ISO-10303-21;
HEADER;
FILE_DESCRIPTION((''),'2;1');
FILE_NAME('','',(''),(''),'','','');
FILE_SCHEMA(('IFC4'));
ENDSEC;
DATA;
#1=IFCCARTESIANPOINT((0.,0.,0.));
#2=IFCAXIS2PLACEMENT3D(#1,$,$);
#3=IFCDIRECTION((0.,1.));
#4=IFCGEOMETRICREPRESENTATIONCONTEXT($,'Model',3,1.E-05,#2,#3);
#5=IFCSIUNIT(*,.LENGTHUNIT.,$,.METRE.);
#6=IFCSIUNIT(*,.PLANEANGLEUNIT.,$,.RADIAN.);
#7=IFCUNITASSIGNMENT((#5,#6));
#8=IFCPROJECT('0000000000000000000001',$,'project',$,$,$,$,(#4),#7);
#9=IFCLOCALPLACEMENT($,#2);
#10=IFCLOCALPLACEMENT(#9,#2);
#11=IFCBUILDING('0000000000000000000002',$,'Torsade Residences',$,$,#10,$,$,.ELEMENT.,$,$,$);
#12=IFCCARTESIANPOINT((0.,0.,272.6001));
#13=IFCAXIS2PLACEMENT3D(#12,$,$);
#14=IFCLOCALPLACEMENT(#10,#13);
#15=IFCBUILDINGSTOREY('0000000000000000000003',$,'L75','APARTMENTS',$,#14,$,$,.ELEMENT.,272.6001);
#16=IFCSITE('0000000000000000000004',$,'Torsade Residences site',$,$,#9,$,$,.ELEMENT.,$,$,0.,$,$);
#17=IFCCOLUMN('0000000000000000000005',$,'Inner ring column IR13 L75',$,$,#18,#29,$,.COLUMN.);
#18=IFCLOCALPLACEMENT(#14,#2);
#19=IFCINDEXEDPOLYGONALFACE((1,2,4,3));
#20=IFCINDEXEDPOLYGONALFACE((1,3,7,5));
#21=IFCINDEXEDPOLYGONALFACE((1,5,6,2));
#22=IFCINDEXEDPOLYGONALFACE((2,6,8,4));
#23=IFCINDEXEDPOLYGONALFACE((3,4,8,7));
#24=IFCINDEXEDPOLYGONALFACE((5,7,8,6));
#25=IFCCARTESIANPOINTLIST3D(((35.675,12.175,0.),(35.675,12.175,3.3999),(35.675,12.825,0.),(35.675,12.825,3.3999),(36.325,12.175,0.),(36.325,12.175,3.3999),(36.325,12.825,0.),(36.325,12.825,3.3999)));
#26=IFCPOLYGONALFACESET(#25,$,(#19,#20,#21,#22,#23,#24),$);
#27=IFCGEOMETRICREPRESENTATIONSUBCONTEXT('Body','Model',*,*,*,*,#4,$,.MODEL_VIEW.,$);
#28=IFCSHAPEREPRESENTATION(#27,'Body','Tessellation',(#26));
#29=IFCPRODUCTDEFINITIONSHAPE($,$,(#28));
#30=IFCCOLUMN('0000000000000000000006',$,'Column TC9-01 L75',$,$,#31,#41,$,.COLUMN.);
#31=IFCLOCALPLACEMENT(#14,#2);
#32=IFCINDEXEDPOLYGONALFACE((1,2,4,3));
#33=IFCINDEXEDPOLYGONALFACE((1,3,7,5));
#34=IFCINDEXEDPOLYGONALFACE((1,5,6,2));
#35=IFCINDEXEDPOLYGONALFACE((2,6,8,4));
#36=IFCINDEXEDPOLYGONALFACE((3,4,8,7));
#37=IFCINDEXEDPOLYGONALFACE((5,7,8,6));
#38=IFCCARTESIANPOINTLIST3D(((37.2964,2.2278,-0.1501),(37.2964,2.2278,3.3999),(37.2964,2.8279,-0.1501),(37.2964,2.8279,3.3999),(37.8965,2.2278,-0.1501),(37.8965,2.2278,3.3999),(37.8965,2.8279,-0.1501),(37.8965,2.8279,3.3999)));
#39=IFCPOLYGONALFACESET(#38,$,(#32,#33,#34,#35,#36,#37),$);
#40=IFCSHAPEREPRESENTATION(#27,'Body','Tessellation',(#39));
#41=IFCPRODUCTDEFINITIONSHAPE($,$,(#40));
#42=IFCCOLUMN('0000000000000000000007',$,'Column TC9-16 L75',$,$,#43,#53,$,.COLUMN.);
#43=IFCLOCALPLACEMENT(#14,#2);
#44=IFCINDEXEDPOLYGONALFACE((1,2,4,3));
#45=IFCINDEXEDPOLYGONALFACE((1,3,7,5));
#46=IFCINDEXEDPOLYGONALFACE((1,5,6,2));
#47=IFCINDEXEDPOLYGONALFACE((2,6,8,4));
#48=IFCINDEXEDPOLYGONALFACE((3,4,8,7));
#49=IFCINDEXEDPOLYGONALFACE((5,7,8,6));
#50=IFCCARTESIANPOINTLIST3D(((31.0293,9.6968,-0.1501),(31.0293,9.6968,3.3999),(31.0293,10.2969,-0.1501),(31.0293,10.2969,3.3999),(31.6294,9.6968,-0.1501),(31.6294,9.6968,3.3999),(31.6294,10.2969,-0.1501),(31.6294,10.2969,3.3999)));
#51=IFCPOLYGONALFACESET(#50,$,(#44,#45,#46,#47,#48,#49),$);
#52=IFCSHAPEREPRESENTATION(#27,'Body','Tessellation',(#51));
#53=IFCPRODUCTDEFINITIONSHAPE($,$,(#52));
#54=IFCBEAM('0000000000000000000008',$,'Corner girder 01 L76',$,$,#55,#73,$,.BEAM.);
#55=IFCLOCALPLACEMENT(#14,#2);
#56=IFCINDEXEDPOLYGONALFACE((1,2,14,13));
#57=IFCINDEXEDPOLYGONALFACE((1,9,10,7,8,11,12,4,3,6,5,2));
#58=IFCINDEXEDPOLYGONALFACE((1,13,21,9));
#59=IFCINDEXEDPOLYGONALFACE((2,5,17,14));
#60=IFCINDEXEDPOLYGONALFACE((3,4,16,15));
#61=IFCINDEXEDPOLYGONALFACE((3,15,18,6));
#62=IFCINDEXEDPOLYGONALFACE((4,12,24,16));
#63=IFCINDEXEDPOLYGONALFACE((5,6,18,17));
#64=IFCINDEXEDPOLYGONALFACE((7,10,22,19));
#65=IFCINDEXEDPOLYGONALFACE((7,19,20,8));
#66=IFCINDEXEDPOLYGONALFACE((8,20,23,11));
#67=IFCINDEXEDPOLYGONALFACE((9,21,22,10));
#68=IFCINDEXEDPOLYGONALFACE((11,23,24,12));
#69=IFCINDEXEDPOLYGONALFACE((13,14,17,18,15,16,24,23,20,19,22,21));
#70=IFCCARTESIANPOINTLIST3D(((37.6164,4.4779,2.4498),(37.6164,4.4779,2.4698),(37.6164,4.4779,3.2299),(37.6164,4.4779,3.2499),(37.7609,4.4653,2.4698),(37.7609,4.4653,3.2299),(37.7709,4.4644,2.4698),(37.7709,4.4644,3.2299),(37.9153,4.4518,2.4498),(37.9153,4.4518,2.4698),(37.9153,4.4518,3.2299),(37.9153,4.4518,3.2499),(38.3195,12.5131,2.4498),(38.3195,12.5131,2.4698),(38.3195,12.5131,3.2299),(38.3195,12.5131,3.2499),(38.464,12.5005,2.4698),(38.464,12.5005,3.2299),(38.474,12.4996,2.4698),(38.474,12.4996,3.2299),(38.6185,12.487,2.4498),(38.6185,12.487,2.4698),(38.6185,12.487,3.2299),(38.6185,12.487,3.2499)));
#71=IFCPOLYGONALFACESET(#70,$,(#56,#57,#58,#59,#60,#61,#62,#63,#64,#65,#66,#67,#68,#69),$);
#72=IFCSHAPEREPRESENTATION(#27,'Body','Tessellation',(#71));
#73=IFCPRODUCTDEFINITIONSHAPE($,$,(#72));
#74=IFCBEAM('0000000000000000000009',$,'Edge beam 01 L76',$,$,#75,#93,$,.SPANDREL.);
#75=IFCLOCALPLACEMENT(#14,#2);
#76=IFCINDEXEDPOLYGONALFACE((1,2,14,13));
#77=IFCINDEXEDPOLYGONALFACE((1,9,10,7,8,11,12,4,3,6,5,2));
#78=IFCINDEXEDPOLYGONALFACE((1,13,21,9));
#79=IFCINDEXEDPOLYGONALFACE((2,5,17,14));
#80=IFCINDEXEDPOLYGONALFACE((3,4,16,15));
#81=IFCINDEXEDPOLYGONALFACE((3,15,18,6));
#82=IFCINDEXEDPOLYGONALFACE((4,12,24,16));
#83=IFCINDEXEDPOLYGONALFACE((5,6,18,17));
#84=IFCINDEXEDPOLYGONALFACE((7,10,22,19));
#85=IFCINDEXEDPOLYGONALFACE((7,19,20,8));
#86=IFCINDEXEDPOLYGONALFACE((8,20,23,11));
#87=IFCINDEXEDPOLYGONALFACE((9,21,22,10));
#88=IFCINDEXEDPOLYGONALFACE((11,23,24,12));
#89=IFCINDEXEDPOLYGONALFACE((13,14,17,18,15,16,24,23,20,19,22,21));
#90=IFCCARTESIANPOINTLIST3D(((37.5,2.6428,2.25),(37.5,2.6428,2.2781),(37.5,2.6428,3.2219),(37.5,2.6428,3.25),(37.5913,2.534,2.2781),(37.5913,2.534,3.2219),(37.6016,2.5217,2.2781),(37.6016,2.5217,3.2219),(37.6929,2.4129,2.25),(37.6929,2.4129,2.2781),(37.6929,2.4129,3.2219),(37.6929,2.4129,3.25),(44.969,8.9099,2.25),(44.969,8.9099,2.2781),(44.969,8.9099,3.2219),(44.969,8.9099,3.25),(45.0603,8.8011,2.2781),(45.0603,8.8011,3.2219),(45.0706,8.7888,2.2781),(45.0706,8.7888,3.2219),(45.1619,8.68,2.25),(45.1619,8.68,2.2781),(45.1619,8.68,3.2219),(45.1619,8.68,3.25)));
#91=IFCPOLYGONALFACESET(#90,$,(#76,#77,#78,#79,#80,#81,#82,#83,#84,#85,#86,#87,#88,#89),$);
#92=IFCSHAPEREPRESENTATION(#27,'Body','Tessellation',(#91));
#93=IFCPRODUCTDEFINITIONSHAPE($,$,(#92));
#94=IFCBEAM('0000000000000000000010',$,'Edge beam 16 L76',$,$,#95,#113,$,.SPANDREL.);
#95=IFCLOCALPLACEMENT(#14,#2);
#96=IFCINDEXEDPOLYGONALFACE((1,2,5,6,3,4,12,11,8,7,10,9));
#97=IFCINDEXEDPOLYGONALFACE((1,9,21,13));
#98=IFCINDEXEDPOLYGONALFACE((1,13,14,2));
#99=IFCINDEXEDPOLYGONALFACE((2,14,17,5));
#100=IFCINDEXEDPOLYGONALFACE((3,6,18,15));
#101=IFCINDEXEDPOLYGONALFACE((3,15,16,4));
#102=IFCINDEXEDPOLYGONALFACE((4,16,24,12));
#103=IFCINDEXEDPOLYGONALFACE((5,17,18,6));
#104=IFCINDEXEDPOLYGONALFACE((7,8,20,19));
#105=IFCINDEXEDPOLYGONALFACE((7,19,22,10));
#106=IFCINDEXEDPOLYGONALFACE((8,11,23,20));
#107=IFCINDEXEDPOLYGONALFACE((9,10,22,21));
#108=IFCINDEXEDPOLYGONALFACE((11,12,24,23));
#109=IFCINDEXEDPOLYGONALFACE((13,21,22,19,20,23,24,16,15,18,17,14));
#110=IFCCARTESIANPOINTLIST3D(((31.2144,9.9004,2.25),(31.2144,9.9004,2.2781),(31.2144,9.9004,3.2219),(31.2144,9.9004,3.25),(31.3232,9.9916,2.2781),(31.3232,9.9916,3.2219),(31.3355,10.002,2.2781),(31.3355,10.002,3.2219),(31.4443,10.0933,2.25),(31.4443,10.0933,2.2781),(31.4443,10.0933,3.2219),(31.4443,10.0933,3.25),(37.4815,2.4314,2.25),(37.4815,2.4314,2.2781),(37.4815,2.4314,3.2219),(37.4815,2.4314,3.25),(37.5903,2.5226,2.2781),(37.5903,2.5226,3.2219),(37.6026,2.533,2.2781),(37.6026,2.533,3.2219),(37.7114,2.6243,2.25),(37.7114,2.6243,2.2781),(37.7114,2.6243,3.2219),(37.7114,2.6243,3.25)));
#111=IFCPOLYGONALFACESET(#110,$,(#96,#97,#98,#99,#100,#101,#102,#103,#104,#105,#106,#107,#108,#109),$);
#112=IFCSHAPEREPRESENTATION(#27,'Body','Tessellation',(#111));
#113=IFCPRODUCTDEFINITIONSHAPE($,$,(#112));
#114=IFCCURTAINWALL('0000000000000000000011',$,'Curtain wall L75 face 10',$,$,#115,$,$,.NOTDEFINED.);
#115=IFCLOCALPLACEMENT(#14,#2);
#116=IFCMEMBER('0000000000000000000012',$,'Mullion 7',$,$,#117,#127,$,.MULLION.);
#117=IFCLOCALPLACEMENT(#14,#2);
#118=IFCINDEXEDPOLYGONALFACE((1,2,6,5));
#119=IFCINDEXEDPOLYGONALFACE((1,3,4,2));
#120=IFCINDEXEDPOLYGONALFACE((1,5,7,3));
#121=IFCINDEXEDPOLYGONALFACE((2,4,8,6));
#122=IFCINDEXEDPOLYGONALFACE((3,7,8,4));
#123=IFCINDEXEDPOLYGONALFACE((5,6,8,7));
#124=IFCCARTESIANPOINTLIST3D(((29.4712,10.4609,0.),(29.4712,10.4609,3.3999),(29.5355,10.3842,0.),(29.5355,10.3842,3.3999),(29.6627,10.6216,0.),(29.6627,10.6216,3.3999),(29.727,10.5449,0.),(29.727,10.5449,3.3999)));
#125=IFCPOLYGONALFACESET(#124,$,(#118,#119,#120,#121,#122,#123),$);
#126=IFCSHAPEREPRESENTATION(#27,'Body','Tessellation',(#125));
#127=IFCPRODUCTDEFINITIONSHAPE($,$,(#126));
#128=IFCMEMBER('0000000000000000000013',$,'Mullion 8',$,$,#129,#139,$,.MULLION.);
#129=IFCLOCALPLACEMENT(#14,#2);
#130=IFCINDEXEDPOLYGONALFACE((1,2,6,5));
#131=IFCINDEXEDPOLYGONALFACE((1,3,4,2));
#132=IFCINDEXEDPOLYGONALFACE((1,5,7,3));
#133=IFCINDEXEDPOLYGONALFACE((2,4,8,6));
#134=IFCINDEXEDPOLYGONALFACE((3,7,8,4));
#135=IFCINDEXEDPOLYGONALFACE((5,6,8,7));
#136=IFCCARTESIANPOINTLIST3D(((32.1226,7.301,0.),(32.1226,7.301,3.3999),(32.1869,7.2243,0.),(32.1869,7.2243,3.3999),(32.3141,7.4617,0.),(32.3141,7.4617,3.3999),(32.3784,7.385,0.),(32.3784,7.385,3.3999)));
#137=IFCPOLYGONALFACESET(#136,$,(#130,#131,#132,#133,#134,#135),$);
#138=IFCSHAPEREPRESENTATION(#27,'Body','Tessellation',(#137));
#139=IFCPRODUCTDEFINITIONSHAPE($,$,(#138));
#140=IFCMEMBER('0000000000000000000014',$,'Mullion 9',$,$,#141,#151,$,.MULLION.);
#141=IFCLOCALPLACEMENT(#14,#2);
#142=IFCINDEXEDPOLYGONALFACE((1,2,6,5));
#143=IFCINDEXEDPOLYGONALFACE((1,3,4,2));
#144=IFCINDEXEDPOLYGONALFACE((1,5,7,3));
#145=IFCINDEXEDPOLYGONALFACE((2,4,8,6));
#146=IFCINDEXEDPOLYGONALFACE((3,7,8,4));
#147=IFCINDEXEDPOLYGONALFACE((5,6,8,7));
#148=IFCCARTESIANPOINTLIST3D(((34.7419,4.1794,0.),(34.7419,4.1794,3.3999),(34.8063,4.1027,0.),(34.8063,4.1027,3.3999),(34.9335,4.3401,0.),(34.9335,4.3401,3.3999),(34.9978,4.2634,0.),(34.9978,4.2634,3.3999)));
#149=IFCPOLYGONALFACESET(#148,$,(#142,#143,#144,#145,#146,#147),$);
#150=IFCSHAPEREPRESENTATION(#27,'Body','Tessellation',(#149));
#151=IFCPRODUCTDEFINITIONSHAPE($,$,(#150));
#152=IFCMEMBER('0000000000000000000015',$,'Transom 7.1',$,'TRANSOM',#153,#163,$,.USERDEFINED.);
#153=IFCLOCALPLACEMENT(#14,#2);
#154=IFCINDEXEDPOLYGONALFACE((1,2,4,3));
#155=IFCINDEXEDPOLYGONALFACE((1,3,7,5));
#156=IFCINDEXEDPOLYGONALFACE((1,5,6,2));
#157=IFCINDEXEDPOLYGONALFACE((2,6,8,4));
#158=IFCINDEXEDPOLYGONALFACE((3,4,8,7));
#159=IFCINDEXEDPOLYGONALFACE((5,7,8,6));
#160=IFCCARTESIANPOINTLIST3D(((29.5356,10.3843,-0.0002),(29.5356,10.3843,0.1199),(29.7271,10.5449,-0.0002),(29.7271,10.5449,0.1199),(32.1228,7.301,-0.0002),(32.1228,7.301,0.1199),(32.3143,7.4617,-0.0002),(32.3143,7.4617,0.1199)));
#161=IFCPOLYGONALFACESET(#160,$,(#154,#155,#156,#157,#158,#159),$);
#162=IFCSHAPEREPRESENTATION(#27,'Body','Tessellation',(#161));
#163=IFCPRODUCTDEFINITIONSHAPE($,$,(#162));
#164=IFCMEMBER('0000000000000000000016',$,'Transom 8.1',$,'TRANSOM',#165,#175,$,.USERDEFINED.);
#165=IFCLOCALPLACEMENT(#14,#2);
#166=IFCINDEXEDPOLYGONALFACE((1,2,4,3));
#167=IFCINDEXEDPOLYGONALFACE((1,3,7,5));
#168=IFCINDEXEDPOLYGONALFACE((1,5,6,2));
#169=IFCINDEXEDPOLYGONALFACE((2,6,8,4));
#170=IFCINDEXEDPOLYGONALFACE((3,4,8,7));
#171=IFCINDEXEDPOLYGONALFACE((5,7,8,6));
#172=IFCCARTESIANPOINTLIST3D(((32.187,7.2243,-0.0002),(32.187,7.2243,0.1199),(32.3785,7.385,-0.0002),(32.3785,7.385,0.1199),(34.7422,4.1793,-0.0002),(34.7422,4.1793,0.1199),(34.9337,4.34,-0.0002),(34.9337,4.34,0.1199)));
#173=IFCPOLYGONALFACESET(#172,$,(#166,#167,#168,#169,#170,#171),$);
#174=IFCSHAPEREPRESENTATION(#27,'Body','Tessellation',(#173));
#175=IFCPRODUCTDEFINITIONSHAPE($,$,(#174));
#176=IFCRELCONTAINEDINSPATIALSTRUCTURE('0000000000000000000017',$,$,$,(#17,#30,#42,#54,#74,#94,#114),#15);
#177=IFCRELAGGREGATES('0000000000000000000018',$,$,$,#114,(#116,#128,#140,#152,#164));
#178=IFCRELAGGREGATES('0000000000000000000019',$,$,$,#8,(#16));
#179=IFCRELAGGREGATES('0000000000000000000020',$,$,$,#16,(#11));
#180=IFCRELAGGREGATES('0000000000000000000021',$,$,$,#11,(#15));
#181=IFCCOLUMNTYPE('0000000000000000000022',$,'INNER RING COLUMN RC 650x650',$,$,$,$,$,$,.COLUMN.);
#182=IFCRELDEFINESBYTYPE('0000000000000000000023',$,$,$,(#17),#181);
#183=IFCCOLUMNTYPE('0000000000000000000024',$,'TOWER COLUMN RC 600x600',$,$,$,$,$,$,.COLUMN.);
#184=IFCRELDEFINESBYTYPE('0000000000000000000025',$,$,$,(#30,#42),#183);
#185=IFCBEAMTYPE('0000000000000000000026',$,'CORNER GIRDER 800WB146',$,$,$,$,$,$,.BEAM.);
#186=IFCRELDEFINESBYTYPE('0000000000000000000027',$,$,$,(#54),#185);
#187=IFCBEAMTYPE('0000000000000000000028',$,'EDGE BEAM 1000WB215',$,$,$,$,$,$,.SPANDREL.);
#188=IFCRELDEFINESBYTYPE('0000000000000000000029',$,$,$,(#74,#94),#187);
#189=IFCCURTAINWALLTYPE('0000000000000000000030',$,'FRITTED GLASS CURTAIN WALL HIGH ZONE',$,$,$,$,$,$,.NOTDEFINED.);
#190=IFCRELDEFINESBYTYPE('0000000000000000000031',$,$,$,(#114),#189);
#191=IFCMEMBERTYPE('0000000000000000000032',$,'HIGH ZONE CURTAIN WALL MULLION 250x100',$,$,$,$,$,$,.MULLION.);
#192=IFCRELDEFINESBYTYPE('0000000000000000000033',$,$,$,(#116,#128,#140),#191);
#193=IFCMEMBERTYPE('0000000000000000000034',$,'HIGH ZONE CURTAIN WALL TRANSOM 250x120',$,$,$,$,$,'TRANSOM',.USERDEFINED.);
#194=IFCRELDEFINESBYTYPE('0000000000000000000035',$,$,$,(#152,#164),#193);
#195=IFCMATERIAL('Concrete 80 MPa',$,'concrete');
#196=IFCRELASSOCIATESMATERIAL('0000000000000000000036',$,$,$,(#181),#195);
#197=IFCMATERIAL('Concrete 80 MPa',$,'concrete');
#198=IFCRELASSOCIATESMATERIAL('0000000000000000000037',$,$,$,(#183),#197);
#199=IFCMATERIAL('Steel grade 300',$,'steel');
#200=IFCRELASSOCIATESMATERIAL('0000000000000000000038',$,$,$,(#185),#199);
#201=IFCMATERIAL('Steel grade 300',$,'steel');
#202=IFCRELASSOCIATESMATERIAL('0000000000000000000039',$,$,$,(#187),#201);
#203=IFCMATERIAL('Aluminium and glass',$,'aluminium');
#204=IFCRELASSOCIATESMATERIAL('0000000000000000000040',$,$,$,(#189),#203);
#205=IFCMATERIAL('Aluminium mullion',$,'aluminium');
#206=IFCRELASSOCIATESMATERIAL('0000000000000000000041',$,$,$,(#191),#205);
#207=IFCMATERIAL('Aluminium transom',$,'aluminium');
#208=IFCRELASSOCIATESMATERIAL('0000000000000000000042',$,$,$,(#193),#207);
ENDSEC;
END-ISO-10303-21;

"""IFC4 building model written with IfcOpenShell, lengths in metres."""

from ifc_helpers import new_model, si_unit, direction, frame, origin, origin_2d, place, context, subcontext, project, spatial, rectangle, i_section, extrude, material, material_profile, profile_set, type_object, element, aggregate, save


model = new_model("IFC4")

# Units and contexts
model_context = context("Model", 3, precision=1e-05, world=origin(), true_north=direction((0.0, 1.0)))
body_context = subcontext(model_context, "Body", "Model", "MODEL_VIEW")
ifc_project = project(units=[si_unit("LENGTHUNIT", "METRE"), si_unit("PLANEANGLEUNIT", "RADIAN")], contexts=[model_context])

# Site, building, storey
site_placement = place(None, origin())
site = spatial("IfcSite", under=ifc_project, at=site_placement, Name="Torsade Residences site", CompositionType="ELEMENT", RefElevation=0.0)
building_placement = place(site_placement, origin())
building = spatial("IfcBuilding", under=site, at=building_placement, Name="Torsade Residences", CompositionType="ELEMENT")
storey_placement = place(building_placement, frame((0.0, 0.0, 272.6001)))
storey = spatial("IfcBuildingStorey", under=building, at=storey_placement, Name="L75", Description="APARTMENTS", CompositionType="ELEMENT", Elevation=272.6001)

# Columns
ifc_material_1 = material(Name="Concrete 80 MPa", Category="concrete")
ifc_material_profile_1 = material_profile(ifc_material_1, rectangle(XDim=0.6499, YDim=0.6499, at=origin_2d()), Name="RC 650x650")
ifc_profile_set_1 = profile_set([ifc_material_profile_1], Name="Concrete 80 MPa")
column_type_1 = type_object("IfcColumnType", Name="INNER RING COLUMN RC 650x650", PredefinedType="COLUMN", material=ifc_profile_set_1)
column_placement = place(storey_placement, frame((36.0, 12.5, 0.0), z_axis=(0.0, 0.0, 1.0), x_axis=(1.0, 0.0, 0.0)))
element("IfcColumn", 1, at=column_placement, inside=storey, type_object=column_type_1, Name="Inner ring column IR13 L75", PredefinedType="COLUMN", context=body_context, shape_type="SweptSolid", body=[
    extrude(rectangle(XDim=0.6499, YDim=0.6499, at=origin_2d()), origin(), (0.0, 0.0, 1.0), 3.3999),
])
ifc_material_2 = material(Name="Concrete 80 MPa", Category="concrete")
ifc_material_profile_2 = material_profile(ifc_material_2, rectangle(XDim=0.6001, YDim=0.6001, at=origin_2d()), Name="RC 600x600")
ifc_profile_set_2 = profile_set([ifc_material_profile_2], Name="Concrete 80 MPa")
column_type_2 = type_object("IfcColumnType", Name="TOWER COLUMN RC 600x600", PredefinedType="COLUMN", material=ifc_profile_set_2)
for number, where, z_axis, x_axis, name in (
    (2, (37.5964, 2.5278, -0.1501), (0.0, 0.0, 1.0), (1.0, 0.0, 0.0), "Column TC9-01 L75"),
    (3, (31.3293, 9.9968, -0.1501), (0.0, 0.0, 1.0), (1.0, 0.0, 0.0), "Column TC9-16 L75"),
):
    element("IfcColumn", number, at=place(storey_placement, frame(where, z_axis=z_axis, x_axis=x_axis)), inside=storey, type_object=column_type_2, Name=name, PredefinedType="COLUMN", context=body_context, shape_type="SweptSolid", body=[
        extrude(rectangle(XDim=0.6001, YDim=0.6001, at=origin_2d()), origin(), (0.0, 0.0, 1.0), 3.55),
    ])

# Beams
ifc_material_3 = material(Name="Steel grade 300", Category="steel")
ifc_material_profile_3 = material_profile(ifc_material_3, i_section(OverallWidth=0.3, OverallDepth=0.8, WebThickness=0.01, FlangeThickness=0.02, at=origin_2d()), Name="800WB146")
ifc_profile_set_3 = profile_set([ifc_material_profile_3], Name="Steel grade 300")
beam_type_1 = type_object("IfcBeamType", Name="CORNER GIRDER 800WB146", PredefinedType="BEAM", material=ifc_profile_set_3)
beam_1_placement = place(storey_placement, frame((37.7659, 4.4648, 2.8499), z_axis=(0.087173, 0.996193, 0.0), x_axis=(-0.996193, 0.087173, 0.0)))
element("IfcBeam", 4, at=beam_1_placement, inside=storey, type_object=beam_type_1, Name="Corner girder 01 L76", PredefinedType="BEAM", context=body_context, shape_type="SweptSolid", body=[
    extrude(i_section(OverallWidth=0.3, OverallDepth=0.8, WebThickness=0.01, FlangeThickness=0.02, at=origin_2d()), origin(), (0.0, 0.0, 1.0), 8.0659),
])
ifc_material_4 = material(Name="Steel grade 300", Category="steel")
ifc_material_profile_4 = material_profile(ifc_material_4, i_section(OverallWidth=0.3, OverallDepth=1.0, WebThickness=0.0161, FlangeThickness=0.0281, at=origin_2d()), Name="1000WB215")
ifc_profile_set_4 = profile_set([ifc_material_profile_4], Name="Steel grade 300")
beam_type_2 = type_object("IfcBeamType", Name="EDGE BEAM 1000WB215", PredefinedType="SPANDREL", material=ifc_profile_set_4)
for number, where, z_axis, x_axis, name in (
    (5, (37.5964, 2.5278, 2.75), (0.766052, 0.642779, 0.0), (-0.642779, 0.766052, 0.0), "Edge beam 01 L76"),
    (6, (31.3293, 9.9968, 2.75), (0.642779, -0.766052, 0.0), (0.766052, 0.642779, 0.0), "Edge beam 16 L76"),
):
    element("IfcBeam", number, at=place(storey_placement, frame(where, z_axis=z_axis, x_axis=x_axis)), inside=storey, type_object=beam_type_2, Name=name, PredefinedType="SPANDREL", context=body_context, shape_type="SweptSolid", body=[
        extrude(i_section(OverallWidth=0.3, OverallDepth=1.0, WebThickness=0.0161, FlangeThickness=0.0281, at=origin_2d()), origin(), (0.0, 0.0, 1.0), 9.75),
    ])

# Curtain wall, members
ifc_material_5 = material(Name="Aluminium and glass", Category="aluminium")
curtain_wall_type = type_object("IfcCurtainWallType", Name="FRITTED GLASS CURTAIN WALL HIGH ZONE", PredefinedType="NOTDEFINED", material=ifc_material_5)
curtain_wall_placement = place(storey_placement, origin())
curtain_wall = element("IfcCurtainWall", 7, at=curtain_wall_placement, inside=storey, type_object=curtain_wall_type, Name="Curtain wall L75 face 10", PredefinedType="NOTDEFINED")
ifc_material_6 = material(Name="Aluminium mullion", Category="aluminium")
ifc_material_profile_5 = material_profile(ifc_material_6, rectangle(XDim=0.25, YDim=0.1001, at=origin_2d()), Name="HIGH ZONE CURTAIN WALL MULLION 250x100")
ifc_profile_set_5 = profile_set([ifc_material_profile_5], Name="Aluminium mullion")
member_type_1 = type_object("IfcMemberType", Name="HIGH ZONE CURTAIN WALL MULLION 250x100", PredefinedType="MULLION", material=ifc_profile_set_5)
member_1_placement = place(storey_placement, frame((29.5991, 10.5029, 0.0), z_axis=(0.0, 0.0, 1.0), x_axis=(0.766044, 0.642788, 0.0)))
member_1 = element("IfcMember", 8, at=member_1_placement, type_object=member_type_1, Name="Mullion 7", PredefinedType="MULLION", context=body_context, shape_type="SweptSolid", body=[
    extrude(rectangle(XDim=0.25, YDim=0.1001, at=origin_2d()), origin(), (0.0, 0.0, 1.0), 3.3999),
])
member_2_placement = place(storey_placement, frame((32.2505, 7.343, 0.0), z_axis=(0.0, 0.0, 1.0), x_axis=(0.766044, 0.642788, 0.0)))
member_2 = element("IfcMember", 9, at=member_2_placement, type_object=member_type_1, Name="Mullion 8", PredefinedType="MULLION", context=body_context, shape_type="SweptSolid", body=[
    extrude(rectangle(XDim=0.25, YDim=0.1001, at=origin_2d()), origin(), (0.0, 0.0, 1.0), 3.3999),
])
member_3_placement = place(storey_placement, frame((34.8699, 4.2214, 0.0), z_axis=(0.0, 0.0, 1.0), x_axis=(0.766044, 0.642788, 0.0)))
member_3 = element("IfcMember", 10, at=member_3_placement, type_object=member_type_1, Name="Mullion 9", PredefinedType="MULLION", context=body_context, shape_type="SweptSolid", body=[
    extrude(rectangle(XDim=0.25, YDim=0.1001, at=origin_2d()), origin(), (0.0, 0.0, 1.0), 3.3999),
])
ifc_material_7 = material(Name="Aluminium transom", Category="aluminium")
ifc_material_profile_6 = material_profile(ifc_material_7, rectangle(XDim=0.25, YDim=0.1201, at=origin_2d()), Name="HIGH ZONE CURTAIN WALL TRANSOM 250x120")
ifc_profile_set_6 = profile_set([ifc_material_profile_6], Name="Aluminium transom")
member_type_2 = type_object("IfcMemberType", Name="HIGH ZONE CURTAIN WALL TRANSOM 250x120", ElementType="TRANSOM", PredefinedType="USERDEFINED", material=ifc_profile_set_6)
member_4_placement = place(storey_placement, frame((29.6313, 10.4646, 0.0598), z_axis=(0.642788, -0.766044, 0.0), x_axis=(0.766044, 0.642788, 0.0)))
member_4 = element("IfcMember", 11, at=member_4_placement, type_object=member_type_2, Name="Transom 7.1", ObjectType="TRANSOM", PredefinedType="USERDEFINED", context=body_context, shape_type="SweptSolid", body=[
    extrude(rectangle(XDim=0.25, YDim=0.1201, at=origin_2d()), origin(), (0.0, 0.0, 1.0), 4.0249),
])
member_5_placement = place(storey_placement, frame((32.2827, 7.3047, 0.0598), z_axis=(0.642815, -0.766022, 0.0), x_axis=(0.766022, 0.642815, 0.0)))
member_5 = element("IfcMember", 12, at=member_5_placement, type_object=member_type_2, Name="Transom 8.1", ObjectType="TRANSOM", PredefinedType="USERDEFINED", context=body_context, shape_type="SweptSolid", body=[
    extrude(rectangle(XDim=0.25, YDim=0.1201, at=origin_2d()), origin(), (0.0, 0.0, 1.0), 3.9751),
])

aggregate(curtain_wall, [member_1, member_2, member_3, member_4, member_5])

save(model, "model.ifc")
